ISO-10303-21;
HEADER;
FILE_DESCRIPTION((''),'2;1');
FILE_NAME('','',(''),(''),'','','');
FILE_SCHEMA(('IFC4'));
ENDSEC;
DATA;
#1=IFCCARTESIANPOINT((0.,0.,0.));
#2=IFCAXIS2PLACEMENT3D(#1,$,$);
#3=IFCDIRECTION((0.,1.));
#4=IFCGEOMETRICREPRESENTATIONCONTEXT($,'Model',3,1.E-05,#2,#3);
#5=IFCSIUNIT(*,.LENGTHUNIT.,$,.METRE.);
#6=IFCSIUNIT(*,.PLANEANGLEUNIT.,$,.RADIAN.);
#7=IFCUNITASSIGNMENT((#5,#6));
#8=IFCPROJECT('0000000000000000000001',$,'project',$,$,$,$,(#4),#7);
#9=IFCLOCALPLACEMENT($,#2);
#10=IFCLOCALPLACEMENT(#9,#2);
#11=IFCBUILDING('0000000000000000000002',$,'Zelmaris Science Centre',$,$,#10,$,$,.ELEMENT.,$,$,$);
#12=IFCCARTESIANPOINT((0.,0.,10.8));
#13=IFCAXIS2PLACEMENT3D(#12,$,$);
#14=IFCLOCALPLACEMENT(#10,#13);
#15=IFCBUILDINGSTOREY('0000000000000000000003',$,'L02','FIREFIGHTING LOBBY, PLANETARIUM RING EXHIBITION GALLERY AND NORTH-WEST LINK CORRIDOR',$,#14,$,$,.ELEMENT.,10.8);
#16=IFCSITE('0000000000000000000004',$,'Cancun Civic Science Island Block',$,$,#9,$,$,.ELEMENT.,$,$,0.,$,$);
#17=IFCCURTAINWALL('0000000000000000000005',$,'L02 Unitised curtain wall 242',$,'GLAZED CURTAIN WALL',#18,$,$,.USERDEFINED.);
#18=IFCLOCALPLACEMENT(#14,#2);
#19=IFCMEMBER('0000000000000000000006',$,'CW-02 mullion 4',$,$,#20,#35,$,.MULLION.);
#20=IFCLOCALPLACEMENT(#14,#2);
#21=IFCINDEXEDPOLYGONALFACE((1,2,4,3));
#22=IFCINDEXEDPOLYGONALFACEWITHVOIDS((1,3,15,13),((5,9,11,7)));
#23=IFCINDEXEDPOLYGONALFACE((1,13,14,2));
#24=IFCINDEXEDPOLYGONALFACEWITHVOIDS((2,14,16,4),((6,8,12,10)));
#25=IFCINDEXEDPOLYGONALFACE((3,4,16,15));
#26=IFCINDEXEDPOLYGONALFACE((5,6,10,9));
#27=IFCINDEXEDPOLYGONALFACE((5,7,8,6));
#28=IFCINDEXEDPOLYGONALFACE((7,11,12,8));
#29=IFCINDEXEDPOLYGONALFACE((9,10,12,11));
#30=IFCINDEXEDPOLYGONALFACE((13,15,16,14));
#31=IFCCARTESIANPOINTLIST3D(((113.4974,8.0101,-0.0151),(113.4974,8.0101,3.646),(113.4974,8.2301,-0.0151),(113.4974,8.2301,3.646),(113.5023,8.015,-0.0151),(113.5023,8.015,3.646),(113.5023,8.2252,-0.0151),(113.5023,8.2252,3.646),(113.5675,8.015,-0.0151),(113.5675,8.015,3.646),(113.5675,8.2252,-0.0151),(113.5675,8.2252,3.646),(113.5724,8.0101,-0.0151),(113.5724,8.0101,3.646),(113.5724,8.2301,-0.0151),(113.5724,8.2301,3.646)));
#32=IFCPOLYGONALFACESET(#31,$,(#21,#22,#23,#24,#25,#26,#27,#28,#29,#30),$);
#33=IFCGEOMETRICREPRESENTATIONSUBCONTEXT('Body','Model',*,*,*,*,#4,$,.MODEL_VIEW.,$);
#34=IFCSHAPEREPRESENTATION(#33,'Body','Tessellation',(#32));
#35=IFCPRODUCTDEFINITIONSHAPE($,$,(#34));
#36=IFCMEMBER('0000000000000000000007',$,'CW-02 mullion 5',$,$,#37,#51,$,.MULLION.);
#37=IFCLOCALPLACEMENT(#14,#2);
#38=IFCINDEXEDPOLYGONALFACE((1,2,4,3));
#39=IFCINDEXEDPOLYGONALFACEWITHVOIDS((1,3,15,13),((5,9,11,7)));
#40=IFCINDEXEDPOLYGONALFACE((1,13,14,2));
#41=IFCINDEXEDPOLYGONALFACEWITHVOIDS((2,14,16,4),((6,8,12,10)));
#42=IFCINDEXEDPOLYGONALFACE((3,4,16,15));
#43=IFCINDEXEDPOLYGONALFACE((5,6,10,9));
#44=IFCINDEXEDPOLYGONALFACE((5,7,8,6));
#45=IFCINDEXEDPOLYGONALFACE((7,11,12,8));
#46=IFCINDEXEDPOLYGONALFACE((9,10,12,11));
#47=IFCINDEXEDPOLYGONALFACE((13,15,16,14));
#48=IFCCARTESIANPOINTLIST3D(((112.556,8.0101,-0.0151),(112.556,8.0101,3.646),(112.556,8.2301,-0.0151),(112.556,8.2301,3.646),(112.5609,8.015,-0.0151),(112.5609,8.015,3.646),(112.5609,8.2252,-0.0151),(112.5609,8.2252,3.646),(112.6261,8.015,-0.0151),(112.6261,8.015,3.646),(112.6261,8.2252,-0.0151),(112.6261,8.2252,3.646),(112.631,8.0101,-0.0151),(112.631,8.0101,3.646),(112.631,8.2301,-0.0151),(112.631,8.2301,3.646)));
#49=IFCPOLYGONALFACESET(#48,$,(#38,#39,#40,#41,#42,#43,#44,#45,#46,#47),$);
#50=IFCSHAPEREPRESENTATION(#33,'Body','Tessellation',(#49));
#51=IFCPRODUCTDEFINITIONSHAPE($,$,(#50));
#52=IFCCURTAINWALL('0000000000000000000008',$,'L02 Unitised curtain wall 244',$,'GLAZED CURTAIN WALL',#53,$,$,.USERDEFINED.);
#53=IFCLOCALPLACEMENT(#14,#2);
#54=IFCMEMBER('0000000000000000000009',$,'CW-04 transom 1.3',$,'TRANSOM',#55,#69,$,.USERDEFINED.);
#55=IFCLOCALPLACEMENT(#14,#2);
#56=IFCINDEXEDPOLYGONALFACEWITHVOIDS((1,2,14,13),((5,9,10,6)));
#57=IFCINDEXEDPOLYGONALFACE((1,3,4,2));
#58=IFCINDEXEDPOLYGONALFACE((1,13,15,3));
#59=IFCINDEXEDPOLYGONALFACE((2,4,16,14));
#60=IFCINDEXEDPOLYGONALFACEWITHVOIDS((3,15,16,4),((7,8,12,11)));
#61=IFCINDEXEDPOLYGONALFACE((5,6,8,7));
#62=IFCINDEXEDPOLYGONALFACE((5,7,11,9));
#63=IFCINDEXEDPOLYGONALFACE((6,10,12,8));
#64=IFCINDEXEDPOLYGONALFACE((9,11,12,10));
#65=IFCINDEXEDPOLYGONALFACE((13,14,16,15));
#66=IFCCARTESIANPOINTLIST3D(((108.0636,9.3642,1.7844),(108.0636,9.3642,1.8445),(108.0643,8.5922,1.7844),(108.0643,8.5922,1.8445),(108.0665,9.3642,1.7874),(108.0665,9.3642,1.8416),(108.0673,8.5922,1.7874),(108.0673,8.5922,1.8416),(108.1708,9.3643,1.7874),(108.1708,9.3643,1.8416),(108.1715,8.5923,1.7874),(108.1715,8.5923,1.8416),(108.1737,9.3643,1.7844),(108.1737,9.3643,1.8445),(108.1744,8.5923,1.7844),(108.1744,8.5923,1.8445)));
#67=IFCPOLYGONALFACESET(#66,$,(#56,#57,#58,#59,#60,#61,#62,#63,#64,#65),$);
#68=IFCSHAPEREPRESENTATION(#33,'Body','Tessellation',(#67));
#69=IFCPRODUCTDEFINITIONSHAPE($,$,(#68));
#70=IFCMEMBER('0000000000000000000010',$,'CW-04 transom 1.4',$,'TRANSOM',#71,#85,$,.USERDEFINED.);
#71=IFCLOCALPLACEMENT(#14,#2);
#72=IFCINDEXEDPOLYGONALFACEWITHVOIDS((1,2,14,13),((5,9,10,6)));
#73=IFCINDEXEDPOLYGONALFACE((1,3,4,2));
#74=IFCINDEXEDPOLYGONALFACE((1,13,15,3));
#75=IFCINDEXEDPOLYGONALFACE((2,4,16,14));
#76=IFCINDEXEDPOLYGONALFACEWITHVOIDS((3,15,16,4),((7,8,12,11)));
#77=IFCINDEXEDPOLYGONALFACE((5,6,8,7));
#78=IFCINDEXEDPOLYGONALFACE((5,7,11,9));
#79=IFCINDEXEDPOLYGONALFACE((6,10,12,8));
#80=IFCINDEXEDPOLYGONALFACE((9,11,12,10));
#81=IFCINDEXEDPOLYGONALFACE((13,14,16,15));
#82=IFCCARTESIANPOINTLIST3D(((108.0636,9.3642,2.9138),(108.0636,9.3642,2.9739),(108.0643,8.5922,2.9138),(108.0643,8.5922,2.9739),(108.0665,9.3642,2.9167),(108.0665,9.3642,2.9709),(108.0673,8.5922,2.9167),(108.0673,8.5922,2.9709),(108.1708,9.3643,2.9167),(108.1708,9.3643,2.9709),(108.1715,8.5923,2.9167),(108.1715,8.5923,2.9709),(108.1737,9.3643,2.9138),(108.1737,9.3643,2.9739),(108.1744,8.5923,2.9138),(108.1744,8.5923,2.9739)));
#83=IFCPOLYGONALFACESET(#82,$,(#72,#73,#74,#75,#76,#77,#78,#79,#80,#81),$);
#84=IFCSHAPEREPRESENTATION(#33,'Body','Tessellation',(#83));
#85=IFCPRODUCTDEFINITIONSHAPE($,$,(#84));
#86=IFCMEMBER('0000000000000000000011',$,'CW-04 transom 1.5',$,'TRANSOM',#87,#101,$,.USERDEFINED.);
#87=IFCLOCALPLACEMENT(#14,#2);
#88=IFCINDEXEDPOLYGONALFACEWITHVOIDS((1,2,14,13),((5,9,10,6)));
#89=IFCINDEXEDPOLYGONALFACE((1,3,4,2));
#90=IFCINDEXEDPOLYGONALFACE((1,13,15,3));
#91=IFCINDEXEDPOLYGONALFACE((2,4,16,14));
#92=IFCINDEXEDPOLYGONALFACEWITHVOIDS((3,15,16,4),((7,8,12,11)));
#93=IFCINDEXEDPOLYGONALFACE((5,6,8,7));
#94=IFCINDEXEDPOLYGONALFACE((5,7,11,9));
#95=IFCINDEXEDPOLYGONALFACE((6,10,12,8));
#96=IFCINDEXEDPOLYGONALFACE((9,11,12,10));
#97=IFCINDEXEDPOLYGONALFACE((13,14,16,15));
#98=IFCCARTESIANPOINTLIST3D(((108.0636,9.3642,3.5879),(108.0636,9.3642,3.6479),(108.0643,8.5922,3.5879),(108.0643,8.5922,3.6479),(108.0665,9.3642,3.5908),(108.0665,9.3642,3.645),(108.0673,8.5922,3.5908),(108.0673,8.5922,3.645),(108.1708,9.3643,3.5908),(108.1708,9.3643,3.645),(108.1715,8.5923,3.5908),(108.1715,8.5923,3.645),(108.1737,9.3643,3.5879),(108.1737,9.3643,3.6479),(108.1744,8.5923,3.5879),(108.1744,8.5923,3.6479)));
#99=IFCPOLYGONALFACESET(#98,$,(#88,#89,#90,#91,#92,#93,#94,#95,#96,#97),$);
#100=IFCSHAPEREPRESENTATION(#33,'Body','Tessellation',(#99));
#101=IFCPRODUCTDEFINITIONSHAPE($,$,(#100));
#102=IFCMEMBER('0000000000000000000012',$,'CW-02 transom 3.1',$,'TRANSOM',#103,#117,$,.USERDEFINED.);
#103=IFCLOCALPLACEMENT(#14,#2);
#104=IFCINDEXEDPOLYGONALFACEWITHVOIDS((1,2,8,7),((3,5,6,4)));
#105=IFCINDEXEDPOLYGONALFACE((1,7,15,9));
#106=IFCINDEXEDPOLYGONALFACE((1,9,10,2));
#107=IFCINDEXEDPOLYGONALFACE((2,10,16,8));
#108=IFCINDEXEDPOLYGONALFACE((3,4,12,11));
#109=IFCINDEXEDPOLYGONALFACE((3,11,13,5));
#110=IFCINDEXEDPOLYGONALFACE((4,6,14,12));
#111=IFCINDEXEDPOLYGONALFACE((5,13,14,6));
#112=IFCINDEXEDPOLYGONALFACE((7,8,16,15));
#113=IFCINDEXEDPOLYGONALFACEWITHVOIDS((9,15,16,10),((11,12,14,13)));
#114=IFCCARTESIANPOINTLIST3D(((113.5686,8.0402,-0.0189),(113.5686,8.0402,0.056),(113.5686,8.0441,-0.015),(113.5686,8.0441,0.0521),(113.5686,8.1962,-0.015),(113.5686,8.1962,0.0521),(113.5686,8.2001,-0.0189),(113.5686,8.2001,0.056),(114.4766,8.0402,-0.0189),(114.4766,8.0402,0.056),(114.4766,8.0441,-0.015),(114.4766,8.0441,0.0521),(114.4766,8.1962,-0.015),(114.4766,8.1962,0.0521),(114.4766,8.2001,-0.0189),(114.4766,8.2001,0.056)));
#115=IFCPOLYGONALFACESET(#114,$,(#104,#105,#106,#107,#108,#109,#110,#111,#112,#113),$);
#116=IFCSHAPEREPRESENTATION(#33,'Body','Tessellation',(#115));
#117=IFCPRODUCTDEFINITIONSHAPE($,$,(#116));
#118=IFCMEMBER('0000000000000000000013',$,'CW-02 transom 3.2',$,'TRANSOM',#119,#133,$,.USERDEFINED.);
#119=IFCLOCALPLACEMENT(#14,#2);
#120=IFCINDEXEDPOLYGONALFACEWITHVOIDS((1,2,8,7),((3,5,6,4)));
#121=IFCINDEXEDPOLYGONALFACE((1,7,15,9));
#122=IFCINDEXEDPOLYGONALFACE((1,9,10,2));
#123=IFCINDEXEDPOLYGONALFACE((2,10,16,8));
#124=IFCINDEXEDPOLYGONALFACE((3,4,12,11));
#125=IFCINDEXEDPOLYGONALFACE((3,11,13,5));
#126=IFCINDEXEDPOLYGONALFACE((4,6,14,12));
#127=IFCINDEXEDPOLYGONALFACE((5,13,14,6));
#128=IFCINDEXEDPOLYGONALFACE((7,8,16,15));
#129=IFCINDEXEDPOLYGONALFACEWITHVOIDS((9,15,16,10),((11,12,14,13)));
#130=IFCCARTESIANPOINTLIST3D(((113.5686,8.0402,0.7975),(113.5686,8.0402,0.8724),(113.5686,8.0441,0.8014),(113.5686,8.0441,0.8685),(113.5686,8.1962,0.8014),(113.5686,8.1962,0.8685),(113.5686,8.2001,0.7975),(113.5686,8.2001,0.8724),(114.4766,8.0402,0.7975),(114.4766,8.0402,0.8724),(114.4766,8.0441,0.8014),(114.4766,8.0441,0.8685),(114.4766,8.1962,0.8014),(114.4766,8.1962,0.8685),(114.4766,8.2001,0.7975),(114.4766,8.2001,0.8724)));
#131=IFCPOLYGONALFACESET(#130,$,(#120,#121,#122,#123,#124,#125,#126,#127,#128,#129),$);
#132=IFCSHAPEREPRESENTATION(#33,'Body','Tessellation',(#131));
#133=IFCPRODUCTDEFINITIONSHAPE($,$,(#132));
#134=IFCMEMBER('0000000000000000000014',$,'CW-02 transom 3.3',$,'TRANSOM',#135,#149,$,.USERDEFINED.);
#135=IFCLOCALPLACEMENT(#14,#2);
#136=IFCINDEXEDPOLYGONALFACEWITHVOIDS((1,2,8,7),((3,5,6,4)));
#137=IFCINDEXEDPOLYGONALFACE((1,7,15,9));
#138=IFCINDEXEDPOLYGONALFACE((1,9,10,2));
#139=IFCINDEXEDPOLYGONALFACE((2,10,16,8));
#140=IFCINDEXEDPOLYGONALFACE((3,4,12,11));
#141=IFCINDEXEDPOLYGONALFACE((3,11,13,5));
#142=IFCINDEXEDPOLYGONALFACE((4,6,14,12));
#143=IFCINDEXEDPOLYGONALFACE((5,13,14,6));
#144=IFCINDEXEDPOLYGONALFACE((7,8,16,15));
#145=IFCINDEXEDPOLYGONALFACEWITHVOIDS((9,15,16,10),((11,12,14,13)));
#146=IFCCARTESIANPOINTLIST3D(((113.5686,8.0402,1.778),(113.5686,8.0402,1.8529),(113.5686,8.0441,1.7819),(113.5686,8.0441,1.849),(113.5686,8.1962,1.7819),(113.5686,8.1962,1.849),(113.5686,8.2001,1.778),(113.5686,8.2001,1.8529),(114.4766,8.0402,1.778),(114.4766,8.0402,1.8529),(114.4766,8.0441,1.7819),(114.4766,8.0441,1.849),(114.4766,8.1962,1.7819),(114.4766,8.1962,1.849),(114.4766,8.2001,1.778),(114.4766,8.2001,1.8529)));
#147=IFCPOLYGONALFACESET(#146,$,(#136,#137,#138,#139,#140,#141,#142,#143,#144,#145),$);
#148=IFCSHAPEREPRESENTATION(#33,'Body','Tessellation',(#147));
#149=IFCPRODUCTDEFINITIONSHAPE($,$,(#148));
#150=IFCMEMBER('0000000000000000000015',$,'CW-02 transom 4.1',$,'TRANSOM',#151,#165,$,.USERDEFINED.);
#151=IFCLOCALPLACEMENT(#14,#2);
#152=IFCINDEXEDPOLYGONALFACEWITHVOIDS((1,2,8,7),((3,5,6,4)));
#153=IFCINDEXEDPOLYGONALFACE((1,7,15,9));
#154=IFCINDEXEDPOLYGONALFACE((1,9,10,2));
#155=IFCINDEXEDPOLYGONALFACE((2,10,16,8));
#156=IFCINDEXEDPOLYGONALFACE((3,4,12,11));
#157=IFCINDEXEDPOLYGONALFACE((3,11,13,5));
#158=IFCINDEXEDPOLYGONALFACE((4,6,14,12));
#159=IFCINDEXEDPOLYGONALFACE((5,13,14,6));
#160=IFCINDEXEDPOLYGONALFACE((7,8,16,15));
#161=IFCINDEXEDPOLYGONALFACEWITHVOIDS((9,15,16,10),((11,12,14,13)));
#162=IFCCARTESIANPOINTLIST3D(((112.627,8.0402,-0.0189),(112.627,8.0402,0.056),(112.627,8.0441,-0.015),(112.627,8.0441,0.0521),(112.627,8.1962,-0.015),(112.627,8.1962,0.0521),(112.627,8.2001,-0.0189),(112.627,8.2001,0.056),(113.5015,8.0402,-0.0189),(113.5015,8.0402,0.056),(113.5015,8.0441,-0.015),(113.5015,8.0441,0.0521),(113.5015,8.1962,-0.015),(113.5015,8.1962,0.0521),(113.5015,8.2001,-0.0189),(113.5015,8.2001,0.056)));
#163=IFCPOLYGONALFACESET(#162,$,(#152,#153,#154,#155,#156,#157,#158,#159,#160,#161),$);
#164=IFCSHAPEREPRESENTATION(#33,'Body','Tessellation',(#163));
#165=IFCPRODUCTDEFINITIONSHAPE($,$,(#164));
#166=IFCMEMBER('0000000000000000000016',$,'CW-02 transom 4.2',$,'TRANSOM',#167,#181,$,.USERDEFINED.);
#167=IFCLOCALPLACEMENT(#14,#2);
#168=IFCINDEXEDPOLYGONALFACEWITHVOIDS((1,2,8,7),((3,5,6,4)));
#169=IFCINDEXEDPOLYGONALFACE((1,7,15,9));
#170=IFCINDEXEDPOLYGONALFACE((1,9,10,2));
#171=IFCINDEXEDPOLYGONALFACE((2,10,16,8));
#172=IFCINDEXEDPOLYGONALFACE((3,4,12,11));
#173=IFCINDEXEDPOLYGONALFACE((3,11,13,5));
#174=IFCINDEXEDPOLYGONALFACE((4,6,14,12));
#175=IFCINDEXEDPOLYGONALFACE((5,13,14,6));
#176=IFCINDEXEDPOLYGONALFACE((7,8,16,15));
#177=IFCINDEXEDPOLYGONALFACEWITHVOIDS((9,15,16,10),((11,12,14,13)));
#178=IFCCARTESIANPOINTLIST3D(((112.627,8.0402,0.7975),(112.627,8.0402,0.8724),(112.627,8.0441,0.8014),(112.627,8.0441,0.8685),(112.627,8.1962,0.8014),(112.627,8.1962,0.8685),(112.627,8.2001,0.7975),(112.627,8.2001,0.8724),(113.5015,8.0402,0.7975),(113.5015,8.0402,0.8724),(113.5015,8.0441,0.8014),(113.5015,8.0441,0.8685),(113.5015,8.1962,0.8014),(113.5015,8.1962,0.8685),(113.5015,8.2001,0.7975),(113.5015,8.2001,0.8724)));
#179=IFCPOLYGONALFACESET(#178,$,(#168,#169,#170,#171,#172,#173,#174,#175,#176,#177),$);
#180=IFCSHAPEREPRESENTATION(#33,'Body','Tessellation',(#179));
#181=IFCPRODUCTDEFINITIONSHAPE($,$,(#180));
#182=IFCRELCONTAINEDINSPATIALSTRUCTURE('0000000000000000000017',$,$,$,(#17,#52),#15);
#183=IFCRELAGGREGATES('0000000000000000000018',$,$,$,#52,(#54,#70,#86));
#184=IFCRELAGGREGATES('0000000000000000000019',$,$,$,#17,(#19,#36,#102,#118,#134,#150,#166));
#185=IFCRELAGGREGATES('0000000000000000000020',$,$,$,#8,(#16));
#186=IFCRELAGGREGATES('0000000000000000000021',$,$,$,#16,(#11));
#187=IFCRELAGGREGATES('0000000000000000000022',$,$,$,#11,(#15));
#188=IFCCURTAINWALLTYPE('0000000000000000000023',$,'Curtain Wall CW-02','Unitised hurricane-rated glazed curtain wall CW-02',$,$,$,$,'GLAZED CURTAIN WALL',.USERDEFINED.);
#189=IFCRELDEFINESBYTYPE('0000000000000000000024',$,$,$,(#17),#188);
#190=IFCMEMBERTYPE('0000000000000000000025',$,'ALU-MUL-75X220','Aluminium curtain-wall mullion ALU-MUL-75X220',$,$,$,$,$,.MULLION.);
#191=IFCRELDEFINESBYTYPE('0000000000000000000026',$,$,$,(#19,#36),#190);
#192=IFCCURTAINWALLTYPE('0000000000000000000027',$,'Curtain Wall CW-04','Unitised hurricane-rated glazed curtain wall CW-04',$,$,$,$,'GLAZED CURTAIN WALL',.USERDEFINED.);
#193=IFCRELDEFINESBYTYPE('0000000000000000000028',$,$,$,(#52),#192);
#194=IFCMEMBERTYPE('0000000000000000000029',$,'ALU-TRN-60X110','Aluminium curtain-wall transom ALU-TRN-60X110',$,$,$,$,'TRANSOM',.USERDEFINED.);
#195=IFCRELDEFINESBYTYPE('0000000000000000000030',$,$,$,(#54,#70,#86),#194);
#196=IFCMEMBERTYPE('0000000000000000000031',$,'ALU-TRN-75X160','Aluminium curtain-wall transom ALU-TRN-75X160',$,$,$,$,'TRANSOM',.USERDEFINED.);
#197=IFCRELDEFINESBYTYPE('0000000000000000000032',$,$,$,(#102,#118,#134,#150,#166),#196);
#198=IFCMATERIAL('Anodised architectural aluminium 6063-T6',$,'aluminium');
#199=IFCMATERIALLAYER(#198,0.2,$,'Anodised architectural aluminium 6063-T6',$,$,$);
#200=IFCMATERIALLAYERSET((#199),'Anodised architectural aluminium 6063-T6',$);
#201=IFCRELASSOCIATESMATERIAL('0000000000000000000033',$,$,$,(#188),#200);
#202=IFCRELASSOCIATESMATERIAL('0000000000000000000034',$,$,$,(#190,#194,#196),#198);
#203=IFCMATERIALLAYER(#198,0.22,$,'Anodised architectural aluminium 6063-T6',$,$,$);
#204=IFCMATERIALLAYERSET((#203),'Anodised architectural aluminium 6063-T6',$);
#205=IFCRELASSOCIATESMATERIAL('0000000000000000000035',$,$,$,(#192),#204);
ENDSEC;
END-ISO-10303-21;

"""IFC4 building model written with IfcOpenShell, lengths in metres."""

from ifc_helpers import new_model, si_unit, direction, frame, origin, origin_2d, place, context, subcontext, project, spatial, hollow_rectangle, extrude, material, layer, layer_set, material_profile, profile_set, type_object, element, aggregate, save


model = new_model("IFC4")

# Units and contexts
model_context = context("Model", 3, precision=1e-05, world=origin(), true_north=direction((0.0, 1.0)))
body_context = subcontext(model_context, "Body", "Model", "MODEL_VIEW")
ifc_project = project(units=[si_unit("LENGTHUNIT", "METRE"), si_unit("PLANEANGLEUNIT", "RADIAN")], contexts=[model_context])

# Site, building, storey
site_placement = place(None, origin())
site = spatial("IfcSite", under=ifc_project, at=site_placement, Name="Cancun Civic Science Island Block", CompositionType="ELEMENT", RefElevation=0.0)
building_placement = place(site_placement, origin())
building = spatial("IfcBuilding", under=site, at=building_placement, Name="Zelmaris Science Centre", CompositionType="ELEMENT")
storey_placement = place(building_placement, frame((0.0, 0.0, 10.8)))
storey = spatial("IfcBuildingStorey", under=building, at=storey_placement, Name="L02", Description="FIREFIGHTING LOBBY, PLANETARIUM RING EXHIBITION GALLERY AND NORTH-WEST LINK CORRIDOR", CompositionType="ELEMENT", Elevation=10.8)

# Curtain walls, members
ifc_material_1 = material(Name="Anodised architectural aluminium 6063-T6", Category="aluminium")
ifc_layer_1 = layer(ifc_material_1, 0.2, Name="Anodised architectural aluminium 6063-T6")
ifc_layer_set_1 = layer_set([ifc_layer_1], Name="Anodised architectural aluminium 6063-T6")
curtain_wall_type_1 = type_object("IfcCurtainWallType", Name="Curtain Wall CW-02", Description="Unitised hurricane-rated glazed curtain wall CW-02", ElementType="GLAZED CURTAIN WALL", PredefinedType="USERDEFINED", material=ifc_layer_set_1)
curtain_wall_1_placement = place(storey_placement, origin())
curtain_wall_1 = element("IfcCurtainWall", 1, at=curtain_wall_1_placement, inside=storey, type_object=curtain_wall_type_1, Name="L02 Unitised curtain wall 242", ObjectType="GLAZED CURTAIN WALL", PredefinedType="USERDEFINED")
ifc_material_profile_1 = material_profile(ifc_material_1, hollow_rectangle(XDim=0.075, YDim=0.22, WallThickness=0.0049, at=origin_2d()), Name="ALU-MUL-75X220")
ifc_profile_set_1 = profile_set([ifc_material_profile_1], Name="Anodised architectural aluminium 6063-T6")
member_type_1 = type_object("IfcMemberType", Name="ALU-MUL-75X220", Description="Aluminium curtain-wall mullion ALU-MUL-75X220", PredefinedType="MULLION", material=ifc_profile_set_1)
member_1_placement = place(storey_placement, frame((113.5349, 8.1201, -0.0151), z_axis=(0.0, 0.0, 1.0), x_axis=(-1.0, 0.0, 0.0)))
member_1 = element("IfcMember", 2, at=member_1_placement, type_object=member_type_1, Name="CW-02 mullion 4", PredefinedType="MULLION", context=body_context, shape_type="SweptSolid", body=[
    extrude(hollow_rectangle(XDim=0.075, YDim=0.22, WallThickness=0.0049, at=origin_2d()), origin(), (0.0, 0.0, 1.0), 3.6611),
])
member_2_placement = place(storey_placement, frame((112.5935, 8.1201, -0.0151), z_axis=(0.0, 0.0, 1.0), x_axis=(-1.0, 0.0, 0.0)))
member_2 = element("IfcMember", 3, at=member_2_placement, type_object=member_type_1, Name="CW-02 mullion 5", PredefinedType="MULLION", context=body_context, shape_type="SweptSolid", body=[
    extrude(hollow_rectangle(XDim=0.075, YDim=0.22, WallThickness=0.0049, at=origin_2d()), origin(), (0.0, 0.0, 1.0), 3.6611),
])
ifc_layer_2 = layer(ifc_material_1, 0.22, Name="Anodised architectural aluminium 6063-T6")
ifc_layer_set_2 = layer_set([ifc_layer_2], Name="Anodised architectural aluminium 6063-T6")
curtain_wall_type_2 = type_object("IfcCurtainWallType", Name="Curtain Wall CW-04", Description="Unitised hurricane-rated glazed curtain wall CW-04", ElementType="GLAZED CURTAIN WALL", PredefinedType="USERDEFINED", material=ifc_layer_set_2)
curtain_wall_2_placement = place(storey_placement, origin())
curtain_wall_2 = element("IfcCurtainWall", 4, at=curtain_wall_2_placement, inside=storey, type_object=curtain_wall_type_2, Name="L02 Unitised curtain wall 244", ObjectType="GLAZED CURTAIN WALL", PredefinedType="USERDEFINED")
ifc_material_profile_2 = material_profile(ifc_material_1, hollow_rectangle(XDim=0.0601, YDim=0.1101, WallThickness=0.0029, at=origin_2d()), Name="ALU-TRN-60X110")
ifc_profile_set_2 = profile_set([ifc_material_profile_2], Name="Anodised architectural aluminium 6063-T6")
member_type_2 = type_object("IfcMemberType", Name="ALU-TRN-60X110", Description="Aluminium curtain-wall transom ALU-TRN-60X110", ElementType="TRANSOM", PredefinedType="USERDEFINED", material=ifc_profile_set_2)
member_3_placement = place(storey_placement, frame((108.1194, 8.5923, 1.8145), z_axis=(-0.000949, 1.0, 0.0), x_axis=(0.0, 0.0, 1.0)))
member_3 = element("IfcMember", 5, at=member_3_placement, type_object=member_type_2, Name="CW-04 transom 1.3", ObjectType="TRANSOM", PredefinedType="USERDEFINED", context=body_context, shape_type="SweptSolid", body=[
    extrude(hollow_rectangle(XDim=0.0601, YDim=0.1101, WallThickness=0.0029, at=origin_2d()), origin(), (0.0, 0.0, 1.0), 0.772),
])
member_4_placement = place(storey_placement, frame((108.1194, 8.5923, 2.9438), z_axis=(-0.000949, 1.0, 0.0), x_axis=(0.0, 0.0, 1.0)))
member_4 = element("IfcMember", 6, at=member_4_placement, type_object=member_type_2, Name="CW-04 transom 1.4", ObjectType="TRANSOM", PredefinedType="USERDEFINED", context=body_context, shape_type="SweptSolid", body=[
    extrude(hollow_rectangle(XDim=0.0601, YDim=0.1101, WallThickness=0.0029, at=origin_2d()), origin(), (0.0, 0.0, 1.0), 0.772),
])
member_5_placement = place(storey_placement, frame((108.1194, 8.5923, 3.6179), z_axis=(-0.000949, 1.0, 0.0), x_axis=(0.0, 0.0, 1.0)))
member_5 = element("IfcMember", 7, at=member_5_placement, type_object=member_type_2, Name="CW-04 transom 1.5", ObjectType="TRANSOM", PredefinedType="USERDEFINED", context=body_context, shape_type="SweptSolid", body=[
    extrude(hollow_rectangle(XDim=0.0601, YDim=0.1101, WallThickness=0.0029, at=origin_2d()), origin(), (0.0, 0.0, 1.0), 0.772),
])
aggregate(curtain_wall_2, [member_3, member_4, member_5])

# Members
ifc_material_profile_3 = material_profile(ifc_material_1, hollow_rectangle(XDim=0.075, YDim=0.1599, WallThickness=0.0039, at=origin_2d()), Name="ALU-TRN-75X160")
ifc_profile_set_3 = profile_set([ifc_material_profile_3], Name="Anodised architectural aluminium 6063-T6")
member_type_3 = type_object("IfcMemberType", Name="ALU-TRN-75X160", Description="Aluminium curtain-wall transom ALU-TRN-75X160", ElementType="TRANSOM", PredefinedType="USERDEFINED", material=ifc_profile_set_3)
member_6_placement = place(storey_placement, frame((114.4766, 8.1201, 0.0186), z_axis=(-1.0, 0.0, 0.0), x_axis=(0.0, 0.0, 1.0)))
member_6 = element("IfcMember", 8, at=member_6_placement, type_object=member_type_3, Name="CW-02 transom 3.1", ObjectType="TRANSOM", PredefinedType="USERDEFINED", context=body_context, shape_type="SweptSolid", body=[
    extrude(hollow_rectangle(XDim=0.075, YDim=0.1599, WallThickness=0.0039, at=origin_2d()), origin(), (0.0, 0.0, 1.0), 0.908),
])
member_7_placement = place(storey_placement, frame((114.4766, 8.1201, 0.835), z_axis=(-1.0, 0.0, 0.0), x_axis=(0.0, 0.0, 1.0)))
member_7 = element("IfcMember", 9, at=member_7_placement, type_object=member_type_3, Name="CW-02 transom 3.2", ObjectType="TRANSOM", PredefinedType="USERDEFINED", context=body_context, shape_type="SweptSolid", body=[
    extrude(hollow_rectangle(XDim=0.075, YDim=0.1599, WallThickness=0.0039, at=origin_2d()), origin(), (0.0, 0.0, 1.0), 0.908),
])
member_8_placement = place(storey_placement, frame((114.4766, 8.1201, 1.8154), z_axis=(-1.0, 0.0, 0.0), x_axis=(0.0, 0.0, 1.0)))
member_8 = element("IfcMember", 10, at=member_8_placement, type_object=member_type_3, Name="CW-02 transom 3.3", ObjectType="TRANSOM", PredefinedType="USERDEFINED", context=body_context, shape_type="SweptSolid", body=[
    extrude(hollow_rectangle(XDim=0.075, YDim=0.1599, WallThickness=0.0039, at=origin_2d()), origin(), (0.0, 0.0, 1.0), 0.908),
])
member_9_placement = place(storey_placement, frame((113.5015, 8.1201, 0.0186), z_axis=(-1.0, 0.0, 0.0), x_axis=(0.0, 0.0, 1.0)))
member_9 = element("IfcMember", 11, at=member_9_placement, type_object=member_type_3, Name="CW-02 transom 4.1", ObjectType="TRANSOM", PredefinedType="USERDEFINED", context=body_context, shape_type="SweptSolid", body=[
    extrude(hollow_rectangle(XDim=0.075, YDim=0.1599, WallThickness=0.0039, at=origin_2d()), origin(), (0.0, 0.0, 1.0), 0.8745),
])
member_10_placement = place(storey_placement, frame((113.5015, 8.1201, 0.835), z_axis=(-1.0, 0.0, 0.0), x_axis=(0.0, 0.0, 1.0)))
member_10 = element("IfcMember", 12, at=member_10_placement, type_object=member_type_3, Name="CW-02 transom 4.2", ObjectType="TRANSOM", PredefinedType="USERDEFINED", context=body_context, shape_type="SweptSolid", body=[
    extrude(hollow_rectangle(XDim=0.075, YDim=0.1599, WallThickness=0.0039, at=origin_2d()), origin(), (0.0, 0.0, 1.0), 0.8745),
])

aggregate(curtain_wall_1, [member_1, member_2, member_6, member_7, member_8, member_9, member_10])

save(model, "model.ifc")
